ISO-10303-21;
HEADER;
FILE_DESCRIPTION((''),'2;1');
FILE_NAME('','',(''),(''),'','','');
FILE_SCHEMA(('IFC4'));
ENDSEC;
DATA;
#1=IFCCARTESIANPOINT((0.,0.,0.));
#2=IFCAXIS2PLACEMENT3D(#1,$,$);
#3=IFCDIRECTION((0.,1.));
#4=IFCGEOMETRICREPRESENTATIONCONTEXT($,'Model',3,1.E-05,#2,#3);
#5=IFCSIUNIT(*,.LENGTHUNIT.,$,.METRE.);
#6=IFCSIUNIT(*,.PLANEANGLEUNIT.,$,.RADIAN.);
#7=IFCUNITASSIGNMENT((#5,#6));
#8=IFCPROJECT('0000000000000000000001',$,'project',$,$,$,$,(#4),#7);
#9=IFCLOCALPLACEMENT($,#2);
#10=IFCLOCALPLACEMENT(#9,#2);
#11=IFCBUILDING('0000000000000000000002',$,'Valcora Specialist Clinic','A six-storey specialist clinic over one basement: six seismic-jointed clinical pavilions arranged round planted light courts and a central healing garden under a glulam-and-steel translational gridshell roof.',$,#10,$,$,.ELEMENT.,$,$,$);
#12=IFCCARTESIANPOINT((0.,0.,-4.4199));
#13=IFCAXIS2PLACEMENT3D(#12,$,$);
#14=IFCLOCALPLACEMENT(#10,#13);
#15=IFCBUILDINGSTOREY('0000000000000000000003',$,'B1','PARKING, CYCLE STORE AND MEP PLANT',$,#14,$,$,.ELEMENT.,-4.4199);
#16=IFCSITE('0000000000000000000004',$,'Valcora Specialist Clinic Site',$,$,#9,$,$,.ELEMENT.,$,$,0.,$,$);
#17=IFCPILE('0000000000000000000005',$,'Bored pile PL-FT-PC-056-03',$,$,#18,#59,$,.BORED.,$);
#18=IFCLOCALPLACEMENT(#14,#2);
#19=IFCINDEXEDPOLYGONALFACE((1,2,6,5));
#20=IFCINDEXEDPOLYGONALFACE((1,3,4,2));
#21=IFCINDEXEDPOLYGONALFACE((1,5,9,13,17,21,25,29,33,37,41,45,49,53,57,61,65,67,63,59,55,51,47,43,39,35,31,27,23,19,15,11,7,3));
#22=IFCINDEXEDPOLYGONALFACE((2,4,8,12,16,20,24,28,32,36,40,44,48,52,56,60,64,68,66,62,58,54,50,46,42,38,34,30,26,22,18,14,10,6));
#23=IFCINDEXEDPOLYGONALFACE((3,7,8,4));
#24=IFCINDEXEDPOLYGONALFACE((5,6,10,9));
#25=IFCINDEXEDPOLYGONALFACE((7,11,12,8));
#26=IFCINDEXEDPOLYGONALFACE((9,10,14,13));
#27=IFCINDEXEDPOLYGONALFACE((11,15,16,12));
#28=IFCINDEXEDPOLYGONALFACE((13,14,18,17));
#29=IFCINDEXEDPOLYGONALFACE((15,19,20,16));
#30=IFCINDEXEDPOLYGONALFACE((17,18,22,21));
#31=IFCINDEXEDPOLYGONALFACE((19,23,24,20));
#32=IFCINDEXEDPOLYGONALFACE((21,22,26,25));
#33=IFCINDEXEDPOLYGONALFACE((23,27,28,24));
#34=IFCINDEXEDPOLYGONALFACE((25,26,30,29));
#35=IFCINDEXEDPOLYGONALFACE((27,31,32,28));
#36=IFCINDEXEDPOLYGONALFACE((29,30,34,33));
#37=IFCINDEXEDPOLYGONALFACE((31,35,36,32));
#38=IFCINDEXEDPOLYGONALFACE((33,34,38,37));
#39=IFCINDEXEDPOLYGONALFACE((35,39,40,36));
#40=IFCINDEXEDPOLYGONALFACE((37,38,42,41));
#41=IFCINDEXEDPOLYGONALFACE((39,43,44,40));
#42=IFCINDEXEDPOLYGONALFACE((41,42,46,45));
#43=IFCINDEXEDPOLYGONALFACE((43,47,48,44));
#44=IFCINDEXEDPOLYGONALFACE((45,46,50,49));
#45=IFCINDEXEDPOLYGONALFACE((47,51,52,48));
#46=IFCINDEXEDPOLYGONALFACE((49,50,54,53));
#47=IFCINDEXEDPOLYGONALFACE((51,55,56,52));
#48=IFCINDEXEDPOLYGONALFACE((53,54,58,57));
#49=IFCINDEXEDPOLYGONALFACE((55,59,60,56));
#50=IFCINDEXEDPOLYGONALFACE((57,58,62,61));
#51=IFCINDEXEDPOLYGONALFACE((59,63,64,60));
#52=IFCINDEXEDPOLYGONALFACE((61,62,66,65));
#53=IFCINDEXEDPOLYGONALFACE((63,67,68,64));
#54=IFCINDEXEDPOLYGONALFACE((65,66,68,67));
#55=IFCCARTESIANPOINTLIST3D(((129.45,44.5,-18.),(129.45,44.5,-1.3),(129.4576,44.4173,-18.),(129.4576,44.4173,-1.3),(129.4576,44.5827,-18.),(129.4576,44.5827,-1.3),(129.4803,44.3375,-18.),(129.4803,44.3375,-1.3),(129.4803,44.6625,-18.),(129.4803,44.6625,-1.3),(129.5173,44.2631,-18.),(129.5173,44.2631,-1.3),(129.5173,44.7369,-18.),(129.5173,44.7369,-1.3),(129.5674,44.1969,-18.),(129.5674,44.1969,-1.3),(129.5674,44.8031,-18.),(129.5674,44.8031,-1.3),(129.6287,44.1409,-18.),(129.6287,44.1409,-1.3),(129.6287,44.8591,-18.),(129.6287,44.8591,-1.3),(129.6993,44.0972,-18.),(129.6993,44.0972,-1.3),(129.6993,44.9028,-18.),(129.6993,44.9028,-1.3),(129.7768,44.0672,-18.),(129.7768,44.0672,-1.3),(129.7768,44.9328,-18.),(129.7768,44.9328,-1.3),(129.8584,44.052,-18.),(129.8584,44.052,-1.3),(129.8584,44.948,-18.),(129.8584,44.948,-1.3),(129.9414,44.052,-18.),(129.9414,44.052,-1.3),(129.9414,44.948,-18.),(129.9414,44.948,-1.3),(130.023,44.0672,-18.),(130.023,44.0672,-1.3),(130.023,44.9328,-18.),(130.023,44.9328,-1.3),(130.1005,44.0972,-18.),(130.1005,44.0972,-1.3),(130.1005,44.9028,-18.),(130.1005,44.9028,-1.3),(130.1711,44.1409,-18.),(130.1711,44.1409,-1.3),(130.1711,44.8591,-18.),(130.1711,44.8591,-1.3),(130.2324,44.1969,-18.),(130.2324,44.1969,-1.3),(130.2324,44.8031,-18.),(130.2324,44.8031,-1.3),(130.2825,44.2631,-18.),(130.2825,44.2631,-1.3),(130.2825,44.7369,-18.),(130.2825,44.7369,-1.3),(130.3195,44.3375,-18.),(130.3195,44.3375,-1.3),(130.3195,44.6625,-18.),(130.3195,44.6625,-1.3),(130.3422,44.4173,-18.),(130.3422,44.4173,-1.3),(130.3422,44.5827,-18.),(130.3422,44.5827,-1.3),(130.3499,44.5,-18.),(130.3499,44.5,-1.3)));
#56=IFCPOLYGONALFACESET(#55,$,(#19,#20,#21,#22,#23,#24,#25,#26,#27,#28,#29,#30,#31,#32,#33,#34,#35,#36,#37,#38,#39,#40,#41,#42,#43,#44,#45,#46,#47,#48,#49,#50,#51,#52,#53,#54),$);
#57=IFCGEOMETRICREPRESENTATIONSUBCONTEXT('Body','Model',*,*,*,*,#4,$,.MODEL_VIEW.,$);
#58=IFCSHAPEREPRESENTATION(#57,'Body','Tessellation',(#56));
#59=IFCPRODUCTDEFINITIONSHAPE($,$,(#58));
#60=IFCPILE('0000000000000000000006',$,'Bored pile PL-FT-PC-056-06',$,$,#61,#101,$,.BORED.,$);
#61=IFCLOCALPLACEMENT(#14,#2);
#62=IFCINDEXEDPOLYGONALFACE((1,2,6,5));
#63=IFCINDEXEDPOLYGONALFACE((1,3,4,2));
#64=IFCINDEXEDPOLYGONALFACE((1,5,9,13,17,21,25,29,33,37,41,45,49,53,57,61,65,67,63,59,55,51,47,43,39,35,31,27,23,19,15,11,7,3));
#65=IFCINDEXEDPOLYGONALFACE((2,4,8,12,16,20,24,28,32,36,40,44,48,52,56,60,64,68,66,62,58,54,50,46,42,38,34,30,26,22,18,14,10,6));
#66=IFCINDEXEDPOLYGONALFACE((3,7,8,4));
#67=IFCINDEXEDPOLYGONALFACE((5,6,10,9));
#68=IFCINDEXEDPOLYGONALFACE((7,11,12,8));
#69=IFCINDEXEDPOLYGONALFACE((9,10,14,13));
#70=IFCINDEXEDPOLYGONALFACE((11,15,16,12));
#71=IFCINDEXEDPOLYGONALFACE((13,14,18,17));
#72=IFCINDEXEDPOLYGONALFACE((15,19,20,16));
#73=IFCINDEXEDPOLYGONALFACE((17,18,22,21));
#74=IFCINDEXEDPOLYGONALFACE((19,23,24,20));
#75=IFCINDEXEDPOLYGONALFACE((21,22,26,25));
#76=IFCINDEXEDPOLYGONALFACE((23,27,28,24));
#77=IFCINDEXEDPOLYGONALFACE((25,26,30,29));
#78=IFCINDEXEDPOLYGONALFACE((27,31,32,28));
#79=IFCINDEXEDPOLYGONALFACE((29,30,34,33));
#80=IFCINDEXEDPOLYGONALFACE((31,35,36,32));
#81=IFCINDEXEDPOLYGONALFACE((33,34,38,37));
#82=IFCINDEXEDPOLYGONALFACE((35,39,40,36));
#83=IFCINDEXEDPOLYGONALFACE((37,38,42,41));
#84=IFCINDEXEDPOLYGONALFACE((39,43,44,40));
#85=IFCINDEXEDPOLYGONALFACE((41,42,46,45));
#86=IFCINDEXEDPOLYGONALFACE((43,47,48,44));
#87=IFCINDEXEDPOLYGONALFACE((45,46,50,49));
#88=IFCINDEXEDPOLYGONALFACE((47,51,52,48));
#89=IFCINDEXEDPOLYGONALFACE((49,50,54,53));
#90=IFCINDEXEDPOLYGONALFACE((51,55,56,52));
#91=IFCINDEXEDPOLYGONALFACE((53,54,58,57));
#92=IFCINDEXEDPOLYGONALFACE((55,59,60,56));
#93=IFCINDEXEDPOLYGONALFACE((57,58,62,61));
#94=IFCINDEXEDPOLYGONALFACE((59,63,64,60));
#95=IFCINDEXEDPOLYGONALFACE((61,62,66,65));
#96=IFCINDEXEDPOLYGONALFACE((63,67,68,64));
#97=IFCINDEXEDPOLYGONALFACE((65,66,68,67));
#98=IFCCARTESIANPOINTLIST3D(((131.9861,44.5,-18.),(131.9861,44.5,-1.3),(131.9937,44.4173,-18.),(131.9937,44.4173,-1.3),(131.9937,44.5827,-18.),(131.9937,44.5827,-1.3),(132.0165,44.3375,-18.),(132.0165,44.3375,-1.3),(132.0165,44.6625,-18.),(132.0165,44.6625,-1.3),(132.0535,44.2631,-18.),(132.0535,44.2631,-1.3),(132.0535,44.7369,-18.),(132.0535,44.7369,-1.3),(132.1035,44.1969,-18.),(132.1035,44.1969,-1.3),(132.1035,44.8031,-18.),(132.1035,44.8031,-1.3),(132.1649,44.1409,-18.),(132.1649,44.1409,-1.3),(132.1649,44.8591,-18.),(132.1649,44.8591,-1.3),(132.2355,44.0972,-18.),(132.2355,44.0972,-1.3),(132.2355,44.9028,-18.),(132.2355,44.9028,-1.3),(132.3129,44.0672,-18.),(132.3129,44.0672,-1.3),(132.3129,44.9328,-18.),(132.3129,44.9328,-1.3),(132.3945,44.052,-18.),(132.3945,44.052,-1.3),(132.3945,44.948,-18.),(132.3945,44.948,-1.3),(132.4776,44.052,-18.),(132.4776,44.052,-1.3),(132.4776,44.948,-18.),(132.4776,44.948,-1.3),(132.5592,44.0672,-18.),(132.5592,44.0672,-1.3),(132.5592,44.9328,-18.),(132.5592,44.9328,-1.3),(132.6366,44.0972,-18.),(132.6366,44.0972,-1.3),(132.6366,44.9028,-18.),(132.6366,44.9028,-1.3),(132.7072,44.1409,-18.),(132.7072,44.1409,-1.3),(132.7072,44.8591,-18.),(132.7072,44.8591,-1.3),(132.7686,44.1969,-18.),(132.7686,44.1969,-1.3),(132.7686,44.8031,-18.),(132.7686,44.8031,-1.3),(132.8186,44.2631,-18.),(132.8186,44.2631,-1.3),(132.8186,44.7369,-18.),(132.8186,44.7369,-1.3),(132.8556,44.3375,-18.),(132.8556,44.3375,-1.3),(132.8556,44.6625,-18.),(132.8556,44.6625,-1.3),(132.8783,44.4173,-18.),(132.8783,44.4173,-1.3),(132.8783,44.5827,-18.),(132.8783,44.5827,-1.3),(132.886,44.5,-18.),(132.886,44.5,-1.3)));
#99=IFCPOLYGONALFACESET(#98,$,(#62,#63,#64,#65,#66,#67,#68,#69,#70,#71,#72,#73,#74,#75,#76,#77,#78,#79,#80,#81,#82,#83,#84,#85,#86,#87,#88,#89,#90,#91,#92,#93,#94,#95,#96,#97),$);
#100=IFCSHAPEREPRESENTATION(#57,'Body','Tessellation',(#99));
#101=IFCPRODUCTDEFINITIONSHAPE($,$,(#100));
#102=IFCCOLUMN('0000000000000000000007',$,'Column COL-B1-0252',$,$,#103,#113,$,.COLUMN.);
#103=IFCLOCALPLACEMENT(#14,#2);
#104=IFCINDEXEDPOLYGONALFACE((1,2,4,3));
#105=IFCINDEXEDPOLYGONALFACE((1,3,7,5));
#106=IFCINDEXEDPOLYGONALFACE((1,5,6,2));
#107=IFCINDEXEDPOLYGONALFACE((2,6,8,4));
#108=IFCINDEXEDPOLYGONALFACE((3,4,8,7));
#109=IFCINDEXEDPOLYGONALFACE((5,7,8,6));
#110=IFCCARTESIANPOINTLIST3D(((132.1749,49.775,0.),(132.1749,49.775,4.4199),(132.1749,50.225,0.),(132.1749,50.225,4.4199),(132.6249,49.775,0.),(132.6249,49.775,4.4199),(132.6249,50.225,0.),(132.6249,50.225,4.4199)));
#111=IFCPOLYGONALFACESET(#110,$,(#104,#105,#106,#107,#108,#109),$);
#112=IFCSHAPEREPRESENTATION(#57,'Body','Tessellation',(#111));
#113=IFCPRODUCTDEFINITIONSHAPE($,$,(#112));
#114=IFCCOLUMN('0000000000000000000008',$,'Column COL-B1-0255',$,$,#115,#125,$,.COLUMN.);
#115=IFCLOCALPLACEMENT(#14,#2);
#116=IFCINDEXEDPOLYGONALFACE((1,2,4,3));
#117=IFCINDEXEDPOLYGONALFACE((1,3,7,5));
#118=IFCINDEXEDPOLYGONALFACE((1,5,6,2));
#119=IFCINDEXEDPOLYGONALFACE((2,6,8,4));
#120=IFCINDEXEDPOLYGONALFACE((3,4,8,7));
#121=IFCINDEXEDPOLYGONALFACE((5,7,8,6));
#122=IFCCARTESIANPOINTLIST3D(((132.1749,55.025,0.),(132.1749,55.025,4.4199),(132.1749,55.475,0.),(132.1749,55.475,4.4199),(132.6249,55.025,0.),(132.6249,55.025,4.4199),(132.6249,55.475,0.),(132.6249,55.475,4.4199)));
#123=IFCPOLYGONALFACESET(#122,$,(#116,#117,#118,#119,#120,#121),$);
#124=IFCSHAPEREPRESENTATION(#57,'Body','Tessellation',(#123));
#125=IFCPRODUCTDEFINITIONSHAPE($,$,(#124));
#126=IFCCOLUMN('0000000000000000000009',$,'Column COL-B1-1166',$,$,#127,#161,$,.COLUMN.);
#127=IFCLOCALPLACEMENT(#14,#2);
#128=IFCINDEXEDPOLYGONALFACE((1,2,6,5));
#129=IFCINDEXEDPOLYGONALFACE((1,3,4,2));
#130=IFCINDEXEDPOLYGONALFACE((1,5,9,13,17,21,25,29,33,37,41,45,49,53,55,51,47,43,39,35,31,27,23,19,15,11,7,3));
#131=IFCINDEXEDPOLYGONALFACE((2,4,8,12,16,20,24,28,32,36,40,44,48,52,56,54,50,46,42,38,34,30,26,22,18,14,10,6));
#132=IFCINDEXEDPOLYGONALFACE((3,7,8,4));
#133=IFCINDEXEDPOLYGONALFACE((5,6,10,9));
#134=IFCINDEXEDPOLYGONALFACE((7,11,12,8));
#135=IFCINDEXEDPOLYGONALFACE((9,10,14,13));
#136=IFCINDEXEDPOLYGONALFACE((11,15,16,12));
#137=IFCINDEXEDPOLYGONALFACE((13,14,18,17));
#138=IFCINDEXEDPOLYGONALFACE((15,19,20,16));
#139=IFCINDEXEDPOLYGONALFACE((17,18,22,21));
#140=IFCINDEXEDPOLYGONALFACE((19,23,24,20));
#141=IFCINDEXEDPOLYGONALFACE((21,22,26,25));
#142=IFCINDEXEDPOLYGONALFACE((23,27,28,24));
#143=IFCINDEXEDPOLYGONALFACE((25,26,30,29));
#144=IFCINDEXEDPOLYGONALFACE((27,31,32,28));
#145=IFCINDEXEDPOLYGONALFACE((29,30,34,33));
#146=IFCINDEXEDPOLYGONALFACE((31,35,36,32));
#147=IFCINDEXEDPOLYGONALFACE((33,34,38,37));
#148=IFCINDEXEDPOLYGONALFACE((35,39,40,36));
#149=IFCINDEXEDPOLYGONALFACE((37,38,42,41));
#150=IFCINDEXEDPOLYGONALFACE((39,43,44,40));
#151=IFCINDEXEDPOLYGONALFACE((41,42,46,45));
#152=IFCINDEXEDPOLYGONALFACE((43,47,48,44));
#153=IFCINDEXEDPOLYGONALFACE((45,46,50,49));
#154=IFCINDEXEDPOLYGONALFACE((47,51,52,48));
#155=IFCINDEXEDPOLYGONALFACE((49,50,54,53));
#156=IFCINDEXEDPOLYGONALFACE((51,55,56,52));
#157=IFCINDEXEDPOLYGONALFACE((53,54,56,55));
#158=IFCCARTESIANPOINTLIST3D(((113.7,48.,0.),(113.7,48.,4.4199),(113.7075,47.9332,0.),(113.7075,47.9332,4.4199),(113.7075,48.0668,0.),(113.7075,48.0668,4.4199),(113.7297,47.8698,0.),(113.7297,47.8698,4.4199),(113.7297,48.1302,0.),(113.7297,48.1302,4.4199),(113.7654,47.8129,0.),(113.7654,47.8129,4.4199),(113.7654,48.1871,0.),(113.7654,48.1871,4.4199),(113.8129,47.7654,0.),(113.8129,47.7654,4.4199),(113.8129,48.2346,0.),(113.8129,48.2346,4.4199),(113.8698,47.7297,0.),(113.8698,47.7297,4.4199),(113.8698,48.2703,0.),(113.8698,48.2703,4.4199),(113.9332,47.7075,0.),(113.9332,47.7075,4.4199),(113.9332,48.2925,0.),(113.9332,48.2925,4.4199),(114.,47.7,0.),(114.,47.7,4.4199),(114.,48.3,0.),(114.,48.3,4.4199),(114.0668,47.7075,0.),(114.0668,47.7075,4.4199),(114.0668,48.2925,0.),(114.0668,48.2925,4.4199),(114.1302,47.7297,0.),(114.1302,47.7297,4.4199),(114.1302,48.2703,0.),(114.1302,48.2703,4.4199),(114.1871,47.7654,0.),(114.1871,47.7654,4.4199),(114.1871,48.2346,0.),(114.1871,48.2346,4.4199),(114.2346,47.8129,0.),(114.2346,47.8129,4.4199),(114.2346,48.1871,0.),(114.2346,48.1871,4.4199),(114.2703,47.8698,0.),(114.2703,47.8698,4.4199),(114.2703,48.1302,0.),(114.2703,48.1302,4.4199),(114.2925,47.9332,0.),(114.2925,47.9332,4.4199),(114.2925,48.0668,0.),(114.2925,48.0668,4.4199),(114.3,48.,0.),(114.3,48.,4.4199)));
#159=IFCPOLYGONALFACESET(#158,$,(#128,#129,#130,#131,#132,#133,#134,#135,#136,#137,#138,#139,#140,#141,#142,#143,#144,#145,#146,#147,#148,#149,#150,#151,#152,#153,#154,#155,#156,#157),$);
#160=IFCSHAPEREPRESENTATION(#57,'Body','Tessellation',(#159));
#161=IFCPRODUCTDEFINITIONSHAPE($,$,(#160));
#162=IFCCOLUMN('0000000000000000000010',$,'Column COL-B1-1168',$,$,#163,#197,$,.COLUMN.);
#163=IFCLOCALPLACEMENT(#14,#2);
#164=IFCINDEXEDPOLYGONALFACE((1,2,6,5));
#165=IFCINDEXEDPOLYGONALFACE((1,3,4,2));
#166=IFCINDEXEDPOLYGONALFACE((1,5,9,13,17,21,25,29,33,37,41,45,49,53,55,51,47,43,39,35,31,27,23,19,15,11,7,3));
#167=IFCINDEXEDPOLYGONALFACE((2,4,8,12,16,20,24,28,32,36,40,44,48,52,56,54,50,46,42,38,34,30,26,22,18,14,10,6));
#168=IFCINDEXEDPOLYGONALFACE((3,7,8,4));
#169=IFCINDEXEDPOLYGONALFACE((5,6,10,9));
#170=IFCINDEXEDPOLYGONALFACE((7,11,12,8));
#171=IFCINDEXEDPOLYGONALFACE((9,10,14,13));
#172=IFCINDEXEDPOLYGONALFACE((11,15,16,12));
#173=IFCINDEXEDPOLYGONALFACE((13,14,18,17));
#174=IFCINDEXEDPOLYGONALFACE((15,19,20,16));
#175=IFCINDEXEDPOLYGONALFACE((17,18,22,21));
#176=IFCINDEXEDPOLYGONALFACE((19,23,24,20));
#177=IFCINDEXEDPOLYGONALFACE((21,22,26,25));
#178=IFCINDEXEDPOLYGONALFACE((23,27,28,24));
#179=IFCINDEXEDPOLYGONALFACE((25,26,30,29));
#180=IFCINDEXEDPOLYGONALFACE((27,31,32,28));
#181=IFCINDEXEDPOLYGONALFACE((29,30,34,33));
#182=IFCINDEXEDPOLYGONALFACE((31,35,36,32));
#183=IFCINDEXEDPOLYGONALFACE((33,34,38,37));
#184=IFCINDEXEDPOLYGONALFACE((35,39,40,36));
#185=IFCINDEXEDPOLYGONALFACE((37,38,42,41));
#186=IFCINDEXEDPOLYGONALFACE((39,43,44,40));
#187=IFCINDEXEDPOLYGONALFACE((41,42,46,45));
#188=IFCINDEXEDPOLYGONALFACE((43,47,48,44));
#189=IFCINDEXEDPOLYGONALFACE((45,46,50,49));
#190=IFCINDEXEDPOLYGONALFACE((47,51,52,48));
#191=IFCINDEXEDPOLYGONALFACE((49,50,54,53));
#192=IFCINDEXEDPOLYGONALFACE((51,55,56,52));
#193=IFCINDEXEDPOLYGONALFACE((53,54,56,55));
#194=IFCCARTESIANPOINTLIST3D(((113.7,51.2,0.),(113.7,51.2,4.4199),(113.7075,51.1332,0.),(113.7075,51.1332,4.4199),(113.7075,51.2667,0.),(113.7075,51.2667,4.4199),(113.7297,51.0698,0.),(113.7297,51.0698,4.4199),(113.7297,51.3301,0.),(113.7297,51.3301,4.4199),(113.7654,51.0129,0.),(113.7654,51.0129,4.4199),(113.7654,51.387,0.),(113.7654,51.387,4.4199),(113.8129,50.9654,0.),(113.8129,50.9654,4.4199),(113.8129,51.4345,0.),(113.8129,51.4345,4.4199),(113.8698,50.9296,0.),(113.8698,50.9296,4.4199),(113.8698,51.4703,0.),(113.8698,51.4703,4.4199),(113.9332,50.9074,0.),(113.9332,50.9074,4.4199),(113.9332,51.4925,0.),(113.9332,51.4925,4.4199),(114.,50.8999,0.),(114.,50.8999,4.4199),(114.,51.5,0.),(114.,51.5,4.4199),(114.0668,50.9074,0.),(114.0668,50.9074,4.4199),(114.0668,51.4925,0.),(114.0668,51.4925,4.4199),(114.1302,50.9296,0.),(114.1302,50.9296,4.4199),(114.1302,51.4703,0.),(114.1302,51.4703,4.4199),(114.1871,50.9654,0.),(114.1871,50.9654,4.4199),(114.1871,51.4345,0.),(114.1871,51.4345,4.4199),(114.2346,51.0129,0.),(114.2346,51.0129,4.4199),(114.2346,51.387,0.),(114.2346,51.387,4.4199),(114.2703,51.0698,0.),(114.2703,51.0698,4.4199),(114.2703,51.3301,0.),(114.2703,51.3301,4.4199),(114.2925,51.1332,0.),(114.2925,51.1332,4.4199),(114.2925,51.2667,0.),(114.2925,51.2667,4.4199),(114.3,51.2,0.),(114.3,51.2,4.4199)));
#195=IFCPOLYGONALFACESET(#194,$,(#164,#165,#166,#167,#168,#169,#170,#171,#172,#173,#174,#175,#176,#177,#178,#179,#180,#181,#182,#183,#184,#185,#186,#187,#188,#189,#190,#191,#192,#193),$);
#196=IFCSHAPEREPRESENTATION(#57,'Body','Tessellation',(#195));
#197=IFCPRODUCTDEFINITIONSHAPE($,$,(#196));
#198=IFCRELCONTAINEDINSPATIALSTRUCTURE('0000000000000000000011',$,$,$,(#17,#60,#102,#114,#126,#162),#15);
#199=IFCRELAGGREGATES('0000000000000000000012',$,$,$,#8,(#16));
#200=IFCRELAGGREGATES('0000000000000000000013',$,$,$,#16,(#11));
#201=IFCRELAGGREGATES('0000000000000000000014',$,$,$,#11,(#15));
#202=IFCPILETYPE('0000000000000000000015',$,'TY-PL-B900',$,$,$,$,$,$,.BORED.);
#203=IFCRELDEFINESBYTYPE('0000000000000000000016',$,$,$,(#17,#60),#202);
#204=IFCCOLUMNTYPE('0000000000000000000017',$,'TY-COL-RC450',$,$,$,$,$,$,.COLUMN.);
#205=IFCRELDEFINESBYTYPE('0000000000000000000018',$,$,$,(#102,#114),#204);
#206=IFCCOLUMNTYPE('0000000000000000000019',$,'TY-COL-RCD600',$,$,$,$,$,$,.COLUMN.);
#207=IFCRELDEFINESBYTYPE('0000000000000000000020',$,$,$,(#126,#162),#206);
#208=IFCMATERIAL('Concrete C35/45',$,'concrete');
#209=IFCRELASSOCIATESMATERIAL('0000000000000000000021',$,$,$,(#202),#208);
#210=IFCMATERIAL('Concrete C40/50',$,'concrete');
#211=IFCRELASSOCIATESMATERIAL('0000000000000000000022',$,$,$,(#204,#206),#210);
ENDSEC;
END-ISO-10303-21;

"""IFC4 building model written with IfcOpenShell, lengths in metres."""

from ifc_helpers import new_model, si_unit, direction, frame, origin, origin_2d, place, context, subcontext, project, spatial, rectangle, circle, extrude, material, material_profile, profile_set, type_object, element, save


model = new_model("IFC4")

# Units and contexts
model_context = context("Model", 3, precision=1e-05, world=origin(), true_north=direction((0.0, 1.0)))
body_context = subcontext(model_context, "Body", "Model", "MODEL_VIEW")
ifc_project = project(units=[si_unit("LENGTHUNIT", "METRE"), si_unit("PLANEANGLEUNIT", "RADIAN")], contexts=[model_context])

# Site, building, storey
site_placement = place(None, origin())
site = spatial("IfcSite", under=ifc_project, at=site_placement, Name="Valcora Specialist Clinic Site", CompositionType="ELEMENT", RefElevation=0.0)
building_placement = place(site_placement, origin())
building = spatial("IfcBuilding", under=site, at=building_placement, Name="Valcora Specialist Clinic", Description="A six-storey specialist clinic over one basement: six seismic-jointed clinical pavilions arranged round planted light courts and a central healing garden under a glulam-and-steel translational gridshell roof.", CompositionType="ELEMENT")
storey_placement = place(building_placement, frame((0.0, 0.0, -4.4199)))
storey = spatial("IfcBuildingStorey", under=building, at=storey_placement, Name="B1", Description="PARKING, CYCLE STORE AND MEP PLANT", CompositionType="ELEMENT", Elevation=-4.4199)

# Shared definitions
ifc_material_1 = material(Name="Concrete C35/45", Category="concrete")

# Piles
ifc_material_profile_1 = material_profile(ifc_material_1, circle(Radius=0.45, at=origin_2d()), Name="RC-PIL-D900")
ifc_profile_set_1 = profile_set([ifc_material_profile_1], Name="Concrete C35/45")
pile_type_1 = type_object("IfcPileType", Name="TY-PL-B900", PredefinedType="BORED", material=ifc_profile_set_1)
for number, where, z_axis, x_axis, name in (
    (1, (129.8999, 44.5, -1.3), (0.0, 0.0, -1.0), (1.0, 0.0, 0.0), "Bored pile PL-FT-PC-056-03"),
    (2, (132.436, 44.5, -1.3), (0.0, 0.0, -1.0), (1.0, 0.0, 0.0), "Bored pile PL-FT-PC-056-06"),
):
    element("IfcPile", number, at=place(storey_placement, frame(where, z_axis=z_axis, x_axis=x_axis)), inside=storey, type_object=pile_type_1, Name=name, PredefinedType="BORED", context=body_context, shape_type="SweptSolid", body=[
        extrude(circle(Radius=0.45, at=origin_2d()), origin(), (0.0, 0.0, 1.0), 16.7),
    ])

# Columns
ifc_material_2 = material(Name="Concrete C40/50", Category="concrete")
ifc_material_profile_2 = material_profile(ifc_material_2, rectangle(XDim=0.45, YDim=0.45, at=origin_2d()), Name="RC-COL-450X450")
ifc_profile_set_2 = profile_set([ifc_material_profile_2], Name="Concrete C40/50")
column_type_1 = type_object("IfcColumnType", Name="TY-COL-RC450", PredefinedType="COLUMN", material=ifc_profile_set_2)
for number, where, z_axis, x_axis, name in (
    (3, (132.3999, 50.0, 0.0), (0.0, 0.0, 1.0), (1.0, 0.0, 0.0), "Column COL-B1-0252"),
    (4, (132.3999, 55.25, 0.0), (0.0, 0.0, 1.0), (1.0, 0.0, 0.0), "Column COL-B1-0255"),
):
    element("IfcColumn", number, at=place(storey_placement, frame(where, z_axis=z_axis, x_axis=x_axis)), inside=storey, type_object=column_type_1, Name=name, PredefinedType="COLUMN", context=body_context, shape_type="SweptSolid", body=[
        extrude(rectangle(XDim=0.45, YDim=0.45, at=origin_2d()), origin(), (0.0, 0.0, 1.0), 4.4199),
    ])
ifc_material_profile_3 = material_profile(ifc_material_2, circle(Radius=0.3, at=origin_2d()), Name="RC-COL-D600")
ifc_profile_set_3 = profile_set([ifc_material_profile_3], Name="Concrete C40/50")
column_type_2 = type_object("IfcColumnType", Name="TY-COL-RCD600", PredefinedType="COLUMN", material=ifc_profile_set_3)
for number, where, z_axis, x_axis, name in (
    (5, (114.0, 48.0, 0.0), (0.0, 0.0, 1.0), (1.0, 0.0, 0.0), "Column COL-B1-1166"),
    (6, (114.0, 51.2, 0.0), (0.0, 0.0, 1.0), (1.0, 0.0, 0.0), "Column COL-B1-1168"),
):
    element("IfcColumn", number, at=place(storey_placement, frame(where, z_axis=z_axis, x_axis=x_axis)), inside=storey, type_object=column_type_2, Name=name, PredefinedType="COLUMN", context=body_context, shape_type="SweptSolid", body=[
        extrude(circle(Radius=0.3, at=origin_2d()), origin(), (0.0, 0.0, 1.0), 4.4199),
    ])

save(model, "model.ifc")
